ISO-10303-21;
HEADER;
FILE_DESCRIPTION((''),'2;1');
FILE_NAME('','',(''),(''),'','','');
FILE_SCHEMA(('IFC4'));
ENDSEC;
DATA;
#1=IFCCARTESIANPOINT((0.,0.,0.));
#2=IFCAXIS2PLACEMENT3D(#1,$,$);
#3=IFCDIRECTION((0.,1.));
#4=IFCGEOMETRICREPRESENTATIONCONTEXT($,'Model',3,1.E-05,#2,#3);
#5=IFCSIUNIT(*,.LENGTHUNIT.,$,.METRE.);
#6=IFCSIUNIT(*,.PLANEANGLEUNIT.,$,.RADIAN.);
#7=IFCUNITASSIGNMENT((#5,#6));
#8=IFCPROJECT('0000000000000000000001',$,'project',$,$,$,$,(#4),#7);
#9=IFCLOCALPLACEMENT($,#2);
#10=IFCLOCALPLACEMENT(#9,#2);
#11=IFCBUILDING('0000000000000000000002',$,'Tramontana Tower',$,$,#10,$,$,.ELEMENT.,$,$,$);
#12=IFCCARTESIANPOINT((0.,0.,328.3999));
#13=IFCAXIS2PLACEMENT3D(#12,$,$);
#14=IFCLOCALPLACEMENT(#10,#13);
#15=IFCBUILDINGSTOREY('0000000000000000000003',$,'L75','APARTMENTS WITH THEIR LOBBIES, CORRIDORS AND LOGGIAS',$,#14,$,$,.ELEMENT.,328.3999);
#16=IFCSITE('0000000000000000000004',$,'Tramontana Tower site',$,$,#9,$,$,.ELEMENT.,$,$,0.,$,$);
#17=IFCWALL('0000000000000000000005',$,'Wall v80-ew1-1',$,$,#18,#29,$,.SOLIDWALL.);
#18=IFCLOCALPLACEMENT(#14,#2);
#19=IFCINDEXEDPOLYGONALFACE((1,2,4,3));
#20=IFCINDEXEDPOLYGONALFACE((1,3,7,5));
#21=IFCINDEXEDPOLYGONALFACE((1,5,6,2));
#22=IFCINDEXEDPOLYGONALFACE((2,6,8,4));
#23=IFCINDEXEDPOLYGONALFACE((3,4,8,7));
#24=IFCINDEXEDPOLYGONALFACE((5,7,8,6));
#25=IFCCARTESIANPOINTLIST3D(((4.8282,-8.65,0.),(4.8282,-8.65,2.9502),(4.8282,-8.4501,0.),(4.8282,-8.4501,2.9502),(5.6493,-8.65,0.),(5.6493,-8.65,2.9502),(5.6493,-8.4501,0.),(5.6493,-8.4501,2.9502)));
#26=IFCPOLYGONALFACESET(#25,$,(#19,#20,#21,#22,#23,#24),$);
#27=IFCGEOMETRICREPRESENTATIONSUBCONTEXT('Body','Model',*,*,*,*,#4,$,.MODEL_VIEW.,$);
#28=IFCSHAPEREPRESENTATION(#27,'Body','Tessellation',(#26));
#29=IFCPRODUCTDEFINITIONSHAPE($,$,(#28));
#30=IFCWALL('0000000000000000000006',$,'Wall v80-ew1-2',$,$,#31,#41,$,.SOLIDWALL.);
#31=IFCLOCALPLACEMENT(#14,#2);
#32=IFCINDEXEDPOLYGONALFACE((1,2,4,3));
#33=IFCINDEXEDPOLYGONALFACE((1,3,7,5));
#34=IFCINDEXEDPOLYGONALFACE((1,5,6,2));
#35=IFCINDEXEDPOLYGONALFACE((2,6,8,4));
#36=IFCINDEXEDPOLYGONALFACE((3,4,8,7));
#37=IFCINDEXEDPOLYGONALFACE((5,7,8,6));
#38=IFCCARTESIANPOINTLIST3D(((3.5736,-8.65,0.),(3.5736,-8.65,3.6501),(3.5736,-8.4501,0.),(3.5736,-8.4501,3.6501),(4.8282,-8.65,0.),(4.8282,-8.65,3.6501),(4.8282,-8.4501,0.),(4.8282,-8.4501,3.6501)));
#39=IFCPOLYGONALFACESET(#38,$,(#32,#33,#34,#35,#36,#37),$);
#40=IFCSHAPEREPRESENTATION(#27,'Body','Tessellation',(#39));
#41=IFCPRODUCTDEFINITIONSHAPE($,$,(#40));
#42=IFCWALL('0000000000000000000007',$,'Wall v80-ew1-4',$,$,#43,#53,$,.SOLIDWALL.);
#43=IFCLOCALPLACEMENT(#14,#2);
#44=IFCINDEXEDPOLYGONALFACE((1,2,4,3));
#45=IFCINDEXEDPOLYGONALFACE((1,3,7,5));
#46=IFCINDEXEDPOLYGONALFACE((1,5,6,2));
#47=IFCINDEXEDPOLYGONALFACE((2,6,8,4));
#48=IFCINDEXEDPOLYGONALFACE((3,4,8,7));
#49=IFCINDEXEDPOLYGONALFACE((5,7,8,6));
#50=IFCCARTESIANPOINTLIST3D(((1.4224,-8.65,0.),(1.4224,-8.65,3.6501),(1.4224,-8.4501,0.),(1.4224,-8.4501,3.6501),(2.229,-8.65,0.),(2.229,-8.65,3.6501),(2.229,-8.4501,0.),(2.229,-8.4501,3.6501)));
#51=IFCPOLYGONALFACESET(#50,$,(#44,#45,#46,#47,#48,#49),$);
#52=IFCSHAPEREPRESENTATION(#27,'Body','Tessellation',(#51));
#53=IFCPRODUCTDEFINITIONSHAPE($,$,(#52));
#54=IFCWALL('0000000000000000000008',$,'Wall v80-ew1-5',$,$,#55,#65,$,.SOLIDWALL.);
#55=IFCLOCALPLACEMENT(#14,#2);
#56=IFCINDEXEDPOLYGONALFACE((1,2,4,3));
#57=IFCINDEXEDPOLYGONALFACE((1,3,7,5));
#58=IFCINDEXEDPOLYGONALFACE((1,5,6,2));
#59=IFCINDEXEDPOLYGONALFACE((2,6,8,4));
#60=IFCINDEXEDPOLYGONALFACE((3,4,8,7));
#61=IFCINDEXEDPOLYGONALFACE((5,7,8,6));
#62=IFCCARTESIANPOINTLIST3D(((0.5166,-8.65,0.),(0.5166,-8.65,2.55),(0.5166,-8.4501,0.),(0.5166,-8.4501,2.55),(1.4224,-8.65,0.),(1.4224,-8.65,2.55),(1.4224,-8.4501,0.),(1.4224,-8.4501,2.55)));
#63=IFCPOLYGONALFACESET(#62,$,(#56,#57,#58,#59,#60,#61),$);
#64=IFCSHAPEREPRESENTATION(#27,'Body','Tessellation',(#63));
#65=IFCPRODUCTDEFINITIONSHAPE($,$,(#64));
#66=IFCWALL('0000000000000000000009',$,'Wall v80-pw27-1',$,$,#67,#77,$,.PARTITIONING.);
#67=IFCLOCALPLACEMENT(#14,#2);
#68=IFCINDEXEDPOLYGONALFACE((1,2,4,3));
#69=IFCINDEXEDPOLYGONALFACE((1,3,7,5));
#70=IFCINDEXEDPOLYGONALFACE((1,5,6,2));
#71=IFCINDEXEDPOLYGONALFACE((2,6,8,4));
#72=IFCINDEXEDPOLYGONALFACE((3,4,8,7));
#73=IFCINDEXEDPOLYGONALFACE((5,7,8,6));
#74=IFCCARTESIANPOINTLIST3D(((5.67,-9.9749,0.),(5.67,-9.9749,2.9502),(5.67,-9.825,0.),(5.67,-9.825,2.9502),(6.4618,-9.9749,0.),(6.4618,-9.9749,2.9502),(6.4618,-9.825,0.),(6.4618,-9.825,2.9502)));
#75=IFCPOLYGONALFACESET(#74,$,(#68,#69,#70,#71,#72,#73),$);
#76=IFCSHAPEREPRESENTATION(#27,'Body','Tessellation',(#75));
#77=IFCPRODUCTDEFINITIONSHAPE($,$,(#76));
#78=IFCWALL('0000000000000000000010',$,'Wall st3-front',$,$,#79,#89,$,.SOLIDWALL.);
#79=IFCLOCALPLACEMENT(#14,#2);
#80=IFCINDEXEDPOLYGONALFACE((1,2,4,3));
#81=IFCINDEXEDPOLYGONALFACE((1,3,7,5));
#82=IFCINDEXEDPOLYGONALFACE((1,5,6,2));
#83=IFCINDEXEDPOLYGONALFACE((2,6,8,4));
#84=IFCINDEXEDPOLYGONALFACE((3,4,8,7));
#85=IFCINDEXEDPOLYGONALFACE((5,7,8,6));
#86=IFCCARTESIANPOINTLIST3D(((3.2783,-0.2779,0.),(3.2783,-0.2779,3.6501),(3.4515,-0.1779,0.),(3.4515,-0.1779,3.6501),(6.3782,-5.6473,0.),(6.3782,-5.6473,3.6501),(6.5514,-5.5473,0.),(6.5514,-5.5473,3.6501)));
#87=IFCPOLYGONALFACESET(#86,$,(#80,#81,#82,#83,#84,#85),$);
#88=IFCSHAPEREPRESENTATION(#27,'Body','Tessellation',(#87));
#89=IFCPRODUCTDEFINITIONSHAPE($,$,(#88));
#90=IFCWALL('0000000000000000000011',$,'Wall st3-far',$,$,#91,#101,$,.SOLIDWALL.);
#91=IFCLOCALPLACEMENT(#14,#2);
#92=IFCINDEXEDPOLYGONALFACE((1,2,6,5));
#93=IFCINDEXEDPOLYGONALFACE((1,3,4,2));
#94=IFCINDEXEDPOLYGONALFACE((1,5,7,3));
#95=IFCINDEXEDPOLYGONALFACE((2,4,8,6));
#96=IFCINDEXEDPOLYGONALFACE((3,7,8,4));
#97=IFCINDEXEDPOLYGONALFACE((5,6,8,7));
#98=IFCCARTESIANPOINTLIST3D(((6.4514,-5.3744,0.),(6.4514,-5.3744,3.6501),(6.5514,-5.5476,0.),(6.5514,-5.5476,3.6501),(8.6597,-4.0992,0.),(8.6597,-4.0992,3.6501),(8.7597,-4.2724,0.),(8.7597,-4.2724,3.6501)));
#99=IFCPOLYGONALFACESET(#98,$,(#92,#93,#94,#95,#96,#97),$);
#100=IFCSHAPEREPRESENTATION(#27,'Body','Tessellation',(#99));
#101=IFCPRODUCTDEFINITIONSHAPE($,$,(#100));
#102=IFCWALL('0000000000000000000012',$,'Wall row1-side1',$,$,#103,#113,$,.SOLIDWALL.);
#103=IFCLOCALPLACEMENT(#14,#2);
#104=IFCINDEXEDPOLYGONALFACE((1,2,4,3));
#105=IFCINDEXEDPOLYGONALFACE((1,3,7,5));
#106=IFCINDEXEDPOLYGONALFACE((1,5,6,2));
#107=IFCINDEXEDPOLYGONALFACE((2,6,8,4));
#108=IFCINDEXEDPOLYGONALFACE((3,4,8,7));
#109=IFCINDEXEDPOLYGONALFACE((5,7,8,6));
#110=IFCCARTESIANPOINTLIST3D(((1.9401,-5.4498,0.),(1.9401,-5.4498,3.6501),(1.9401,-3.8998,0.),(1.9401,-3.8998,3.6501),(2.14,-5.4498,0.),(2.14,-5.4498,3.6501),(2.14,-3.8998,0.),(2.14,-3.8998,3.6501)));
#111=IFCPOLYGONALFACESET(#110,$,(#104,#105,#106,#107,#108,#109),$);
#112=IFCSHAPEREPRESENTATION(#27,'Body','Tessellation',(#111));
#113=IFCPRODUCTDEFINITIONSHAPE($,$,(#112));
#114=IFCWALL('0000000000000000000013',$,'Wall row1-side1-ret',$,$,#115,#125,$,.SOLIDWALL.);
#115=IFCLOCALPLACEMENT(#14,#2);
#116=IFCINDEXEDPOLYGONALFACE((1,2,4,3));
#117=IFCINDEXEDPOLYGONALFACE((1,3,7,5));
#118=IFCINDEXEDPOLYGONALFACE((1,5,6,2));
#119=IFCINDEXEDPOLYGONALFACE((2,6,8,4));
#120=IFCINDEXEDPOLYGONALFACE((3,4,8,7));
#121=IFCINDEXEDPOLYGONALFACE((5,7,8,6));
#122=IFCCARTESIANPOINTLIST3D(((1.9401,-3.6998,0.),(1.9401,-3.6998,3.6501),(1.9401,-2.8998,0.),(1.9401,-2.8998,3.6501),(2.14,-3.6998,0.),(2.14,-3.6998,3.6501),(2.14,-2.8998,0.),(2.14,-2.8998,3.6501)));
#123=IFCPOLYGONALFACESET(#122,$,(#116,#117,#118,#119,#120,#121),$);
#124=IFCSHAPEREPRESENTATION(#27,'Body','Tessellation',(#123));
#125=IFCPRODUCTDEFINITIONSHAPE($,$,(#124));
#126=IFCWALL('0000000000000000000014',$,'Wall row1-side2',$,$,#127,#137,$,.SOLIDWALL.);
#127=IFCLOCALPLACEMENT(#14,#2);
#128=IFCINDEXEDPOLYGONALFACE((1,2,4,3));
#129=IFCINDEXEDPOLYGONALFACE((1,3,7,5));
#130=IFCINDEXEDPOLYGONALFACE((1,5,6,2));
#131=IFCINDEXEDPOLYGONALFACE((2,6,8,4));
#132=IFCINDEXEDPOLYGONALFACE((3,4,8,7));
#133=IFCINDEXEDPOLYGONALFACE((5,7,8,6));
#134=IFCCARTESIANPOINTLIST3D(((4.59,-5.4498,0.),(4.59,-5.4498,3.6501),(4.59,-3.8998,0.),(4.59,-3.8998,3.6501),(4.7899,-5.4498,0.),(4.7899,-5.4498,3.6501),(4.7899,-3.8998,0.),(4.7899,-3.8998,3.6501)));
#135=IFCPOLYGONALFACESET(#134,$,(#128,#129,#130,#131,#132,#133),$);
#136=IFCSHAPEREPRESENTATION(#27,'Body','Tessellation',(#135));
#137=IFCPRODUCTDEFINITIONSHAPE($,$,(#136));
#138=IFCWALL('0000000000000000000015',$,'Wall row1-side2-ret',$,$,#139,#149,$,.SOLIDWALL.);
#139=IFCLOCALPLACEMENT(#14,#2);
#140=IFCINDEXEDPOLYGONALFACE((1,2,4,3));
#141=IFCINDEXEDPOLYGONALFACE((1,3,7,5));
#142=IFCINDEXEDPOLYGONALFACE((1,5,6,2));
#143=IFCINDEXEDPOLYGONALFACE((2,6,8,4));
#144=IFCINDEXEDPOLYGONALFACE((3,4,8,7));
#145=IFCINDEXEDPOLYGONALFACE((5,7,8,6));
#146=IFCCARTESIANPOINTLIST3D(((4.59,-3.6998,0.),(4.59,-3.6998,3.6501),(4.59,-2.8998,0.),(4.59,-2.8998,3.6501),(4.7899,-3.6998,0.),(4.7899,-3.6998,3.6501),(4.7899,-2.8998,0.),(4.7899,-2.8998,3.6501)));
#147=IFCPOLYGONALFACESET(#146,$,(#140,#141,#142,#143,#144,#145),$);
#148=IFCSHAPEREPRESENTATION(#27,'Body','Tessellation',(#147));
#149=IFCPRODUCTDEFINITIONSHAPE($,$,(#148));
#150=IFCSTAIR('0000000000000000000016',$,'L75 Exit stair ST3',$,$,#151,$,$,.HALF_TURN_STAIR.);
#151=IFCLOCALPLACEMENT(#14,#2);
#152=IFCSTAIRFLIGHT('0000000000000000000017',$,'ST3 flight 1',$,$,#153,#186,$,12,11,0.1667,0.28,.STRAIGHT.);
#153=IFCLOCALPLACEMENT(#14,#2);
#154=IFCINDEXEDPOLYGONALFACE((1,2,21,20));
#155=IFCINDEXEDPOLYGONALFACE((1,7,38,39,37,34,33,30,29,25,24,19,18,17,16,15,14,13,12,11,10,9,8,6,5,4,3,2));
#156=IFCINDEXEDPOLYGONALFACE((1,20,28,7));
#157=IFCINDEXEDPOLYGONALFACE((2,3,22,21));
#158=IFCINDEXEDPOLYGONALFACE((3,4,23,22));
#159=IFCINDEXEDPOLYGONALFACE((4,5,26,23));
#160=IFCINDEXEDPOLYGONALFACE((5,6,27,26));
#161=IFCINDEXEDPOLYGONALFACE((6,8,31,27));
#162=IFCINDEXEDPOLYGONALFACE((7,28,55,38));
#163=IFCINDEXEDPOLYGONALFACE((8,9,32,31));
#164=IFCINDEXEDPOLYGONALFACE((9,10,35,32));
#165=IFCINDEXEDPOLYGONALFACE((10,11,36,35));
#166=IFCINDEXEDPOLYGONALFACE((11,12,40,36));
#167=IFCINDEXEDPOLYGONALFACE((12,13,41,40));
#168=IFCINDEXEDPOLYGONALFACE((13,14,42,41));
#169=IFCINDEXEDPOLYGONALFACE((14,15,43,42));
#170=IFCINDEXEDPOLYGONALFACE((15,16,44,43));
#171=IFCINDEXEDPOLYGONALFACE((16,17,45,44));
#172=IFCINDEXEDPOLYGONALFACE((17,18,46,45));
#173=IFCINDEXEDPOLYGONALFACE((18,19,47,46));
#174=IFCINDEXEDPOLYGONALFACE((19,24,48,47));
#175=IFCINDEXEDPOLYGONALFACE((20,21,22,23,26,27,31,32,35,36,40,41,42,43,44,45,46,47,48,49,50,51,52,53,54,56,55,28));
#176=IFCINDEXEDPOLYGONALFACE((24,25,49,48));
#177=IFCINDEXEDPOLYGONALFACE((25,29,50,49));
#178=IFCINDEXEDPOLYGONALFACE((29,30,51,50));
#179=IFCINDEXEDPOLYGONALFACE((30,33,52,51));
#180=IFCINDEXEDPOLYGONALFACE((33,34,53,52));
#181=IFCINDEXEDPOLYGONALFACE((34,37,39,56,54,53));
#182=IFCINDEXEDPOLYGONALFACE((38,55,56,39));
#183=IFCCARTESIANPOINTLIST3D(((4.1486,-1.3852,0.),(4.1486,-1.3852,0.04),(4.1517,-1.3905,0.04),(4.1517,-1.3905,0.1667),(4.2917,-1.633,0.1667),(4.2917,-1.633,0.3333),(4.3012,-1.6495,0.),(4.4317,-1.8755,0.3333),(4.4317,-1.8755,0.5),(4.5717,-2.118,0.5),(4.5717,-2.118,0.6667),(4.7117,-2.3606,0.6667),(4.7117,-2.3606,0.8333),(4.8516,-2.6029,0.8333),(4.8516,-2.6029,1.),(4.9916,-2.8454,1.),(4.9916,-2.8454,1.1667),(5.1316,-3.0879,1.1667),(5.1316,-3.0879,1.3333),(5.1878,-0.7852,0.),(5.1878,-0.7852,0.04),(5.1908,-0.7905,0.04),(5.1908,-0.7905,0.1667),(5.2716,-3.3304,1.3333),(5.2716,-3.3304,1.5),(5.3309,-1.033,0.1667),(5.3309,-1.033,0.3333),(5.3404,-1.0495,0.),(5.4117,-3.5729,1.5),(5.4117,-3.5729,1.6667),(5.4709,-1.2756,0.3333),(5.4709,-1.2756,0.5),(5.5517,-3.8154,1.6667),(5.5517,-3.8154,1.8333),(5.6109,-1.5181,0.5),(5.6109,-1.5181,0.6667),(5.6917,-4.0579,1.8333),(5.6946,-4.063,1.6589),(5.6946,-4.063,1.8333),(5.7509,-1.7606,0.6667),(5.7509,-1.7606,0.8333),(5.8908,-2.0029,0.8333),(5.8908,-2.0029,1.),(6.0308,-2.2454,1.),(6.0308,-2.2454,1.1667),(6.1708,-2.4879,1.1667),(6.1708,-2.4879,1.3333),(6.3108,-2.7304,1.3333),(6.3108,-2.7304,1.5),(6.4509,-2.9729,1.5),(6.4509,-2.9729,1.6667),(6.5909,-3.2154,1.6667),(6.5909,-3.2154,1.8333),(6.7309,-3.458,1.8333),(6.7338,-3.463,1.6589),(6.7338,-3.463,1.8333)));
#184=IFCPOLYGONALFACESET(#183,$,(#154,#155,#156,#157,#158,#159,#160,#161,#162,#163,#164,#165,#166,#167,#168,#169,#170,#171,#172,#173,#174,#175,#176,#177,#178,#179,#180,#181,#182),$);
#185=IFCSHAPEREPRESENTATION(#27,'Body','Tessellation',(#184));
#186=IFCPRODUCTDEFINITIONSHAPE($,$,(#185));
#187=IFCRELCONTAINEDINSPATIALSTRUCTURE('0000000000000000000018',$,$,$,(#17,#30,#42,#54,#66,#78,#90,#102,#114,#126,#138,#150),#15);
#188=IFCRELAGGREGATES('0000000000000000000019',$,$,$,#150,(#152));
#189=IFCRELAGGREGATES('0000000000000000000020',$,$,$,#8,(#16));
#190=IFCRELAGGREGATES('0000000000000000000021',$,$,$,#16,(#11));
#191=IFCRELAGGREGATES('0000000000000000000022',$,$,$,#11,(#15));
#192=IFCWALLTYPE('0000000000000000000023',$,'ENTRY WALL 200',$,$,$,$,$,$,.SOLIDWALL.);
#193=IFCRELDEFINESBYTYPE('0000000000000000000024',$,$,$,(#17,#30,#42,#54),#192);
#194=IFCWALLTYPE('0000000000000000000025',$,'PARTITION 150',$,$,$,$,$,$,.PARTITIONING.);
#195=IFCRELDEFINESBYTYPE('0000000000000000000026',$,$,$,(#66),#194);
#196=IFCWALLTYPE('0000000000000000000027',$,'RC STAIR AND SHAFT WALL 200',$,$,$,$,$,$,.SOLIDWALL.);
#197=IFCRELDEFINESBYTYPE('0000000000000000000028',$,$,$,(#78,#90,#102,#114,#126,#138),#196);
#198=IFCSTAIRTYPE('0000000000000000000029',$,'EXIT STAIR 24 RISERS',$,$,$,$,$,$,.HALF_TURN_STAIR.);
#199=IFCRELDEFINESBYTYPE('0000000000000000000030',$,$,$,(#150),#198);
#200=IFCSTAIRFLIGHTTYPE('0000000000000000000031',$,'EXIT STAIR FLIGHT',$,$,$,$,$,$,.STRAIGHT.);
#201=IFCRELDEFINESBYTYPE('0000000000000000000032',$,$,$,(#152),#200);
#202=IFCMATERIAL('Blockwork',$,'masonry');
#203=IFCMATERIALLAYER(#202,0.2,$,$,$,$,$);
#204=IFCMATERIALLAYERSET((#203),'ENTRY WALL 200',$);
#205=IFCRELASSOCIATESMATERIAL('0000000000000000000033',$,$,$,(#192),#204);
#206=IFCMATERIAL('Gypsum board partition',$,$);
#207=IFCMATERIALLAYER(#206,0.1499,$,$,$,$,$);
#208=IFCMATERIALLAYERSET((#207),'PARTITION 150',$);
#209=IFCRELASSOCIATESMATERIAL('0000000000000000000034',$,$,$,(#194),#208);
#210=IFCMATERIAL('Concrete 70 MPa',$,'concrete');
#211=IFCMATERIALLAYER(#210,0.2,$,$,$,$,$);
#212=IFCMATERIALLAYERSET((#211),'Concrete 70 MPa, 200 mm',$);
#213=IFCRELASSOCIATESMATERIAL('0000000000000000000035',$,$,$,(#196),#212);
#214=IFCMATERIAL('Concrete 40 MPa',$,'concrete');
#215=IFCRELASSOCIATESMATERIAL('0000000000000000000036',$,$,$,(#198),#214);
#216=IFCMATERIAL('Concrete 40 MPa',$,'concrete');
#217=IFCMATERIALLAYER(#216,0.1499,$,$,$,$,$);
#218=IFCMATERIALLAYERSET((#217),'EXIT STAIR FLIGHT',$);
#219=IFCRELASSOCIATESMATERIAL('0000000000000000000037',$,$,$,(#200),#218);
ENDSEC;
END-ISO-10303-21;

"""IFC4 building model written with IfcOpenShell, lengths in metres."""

from ifc_helpers import new_model, si_unit, direction, frame, frame_2d, origin, place, context, subcontext, project, spatial, polyline, rectangle, outline, extrude, material, layer, layer_set, type_object, element, aggregate, save


model = new_model("IFC4")

# Units and contexts
model_context = context("Model", 3, precision=1e-05, world=origin(), true_north=direction((0.0, 1.0)))
body_context = subcontext(model_context, "Body", "Model", "MODEL_VIEW")
ifc_project = project(units=[si_unit("LENGTHUNIT", "METRE"), si_unit("PLANEANGLEUNIT", "RADIAN")], contexts=[model_context])

# Site, building, storey
site_placement = place(None, origin())
site = spatial("IfcSite", under=ifc_project, at=site_placement, Name="Tramontana Tower site", CompositionType="ELEMENT", RefElevation=0.0)
building_placement = place(site_placement, origin())
building = spatial("IfcBuilding", under=site, at=building_placement, Name="Tramontana Tower", CompositionType="ELEMENT")
storey_placement = place(building_placement, frame((0.0, 0.0, 328.3999)))
storey = spatial("IfcBuildingStorey", under=building, at=storey_placement, Name="L75", Description="APARTMENTS WITH THEIR LOBBIES, CORRIDORS AND LOGGIAS", CompositionType="ELEMENT", Elevation=328.3999)

# Walls
ifc_material_1 = material(Name="Blockwork", Category="masonry")
ifc_layer_1 = layer(ifc_material_1, 0.2)
ifc_layer_set_1 = layer_set([ifc_layer_1], Name="ENTRY WALL 200")
wall_type_1 = type_object("IfcWallType", Name="ENTRY WALL 200", PredefinedType="SOLIDWALL", material=ifc_layer_set_1)
wall_1_placement = place(storey_placement, frame((5.6494, -8.55, 0.0), z_axis=(0.0, 0.0, 1.0), x_axis=(-1.0, 0.0, 0.0)))
element("IfcWall", 1, at=wall_1_placement, inside=storey, type_object=wall_type_1, Name="Wall v80-ew1-1", PredefinedType="SOLIDWALL", context=body_context, shape_type="SweptSolid", body=[
    extrude(rectangle(XDim=0.821, YDim=0.2, at=frame_2d((0.4106, 0.0))), origin(), (0.0, 0.0, 1.0), 2.9502),
])
wall_2_placement = place(storey_placement, frame((4.8284, -8.55, 0.0), z_axis=(0.0, 0.0, 1.0), x_axis=(-1.0, 0.0, 0.0)))
element("IfcWall", 2, at=wall_2_placement, inside=storey, type_object=wall_type_1, Name="Wall v80-ew1-2", PredefinedType="SOLIDWALL", context=body_context, shape_type="SweptSolid", body=[
    extrude(rectangle(XDim=1.2546, YDim=0.2, at=frame_2d((0.6274, 0.0))), origin(), (0.0, 0.0, 1.0), 3.6501),
])

# Walls
wall_3_placement = place(storey_placement, frame((2.229, -8.55, 0.0), z_axis=(0.0, 0.0, 1.0), x_axis=(-1.0, 0.0, 0.0)))
element("IfcWall", 3, at=wall_3_placement, inside=storey, type_object=wall_type_1, Name="Wall v80-ew1-4", PredefinedType="SOLIDWALL", context=body_context, shape_type="SweptSolid", body=[
    extrude(rectangle(XDim=0.8066, YDim=0.2, at=frame_2d((0.4033, 0.0))), origin(), (0.0, 0.0, 1.0), 3.6501),
])
wall_4_placement = place(storey_placement, frame((1.4224, -8.55, 0.0), z_axis=(0.0, 0.0, 1.0), x_axis=(-1.0, 0.0, 0.0)))
element("IfcWall", 4, at=wall_4_placement, inside=storey, type_object=wall_type_1, Name="Wall v80-ew1-5", PredefinedType="SOLIDWALL", context=body_context, shape_type="SweptSolid", body=[
    extrude(rectangle(XDim=0.9058, YDim=0.2, at=frame_2d((0.4529, 0.0))), origin(), (0.0, 0.0, 1.0), 2.55),
])
ifc_material_2 = material(Name="Gypsum board partition")
ifc_layer_2 = layer(ifc_material_2, 0.1499)
ifc_layer_set_2 = layer_set([ifc_layer_2], Name="PARTITION 150")
wall_type_2 = type_object("IfcWallType", Name="PARTITION 150", PredefinedType="PARTITIONING", material=ifc_layer_set_2)
wall_5_placement = place(storey_placement, frame((6.4619, -9.8999, 0.0), z_axis=(0.0, 0.0, 1.0), x_axis=(-1.0, 0.0, 0.0)))
element("IfcWall", 5, at=wall_5_placement, inside=storey, type_object=wall_type_2, Name="Wall v80-pw27-1", PredefinedType="PARTITIONING", context=body_context, shape_type="SweptSolid", body=[
    extrude(rectangle(XDim=0.7917, YDim=0.1499, at=frame_2d((0.396, 0.0))), origin(), (0.0, 0.0, 1.0), 2.9502),
])
ifc_material_3 = material(Name="Concrete 70 MPa", Category="concrete")
ifc_layer_3 = layer(ifc_material_3, 0.2)
ifc_layer_set_3 = layer_set([ifc_layer_3], Name="Concrete 70 MPa, 200 mm")
wall_type_3 = type_object("IfcWallType", Name="RC STAIR AND SHAFT WALL 200", PredefinedType="SOLIDWALL", material=ifc_layer_set_3)
wall_6_placement = place(storey_placement, frame((6.4648, -5.5974, 0.0), z_axis=(0.0, 0.0, 1.0), x_axis=(-0.49998, 0.866037, 0.0)))
element("IfcWall", 6, at=wall_6_placement, inside=storey, type_object=wall_type_3, Name="Wall st3-front", PredefinedType="SOLIDWALL", context=body_context, shape_type="SweptSolid", body=[
    extrude(rectangle(XDim=6.2, YDim=0.2, at=frame_2d((3.1001, 0.0))), origin(), (0.0, 0.0, 1.0), 3.6501),
])
wall_7_placement = place(storey_placement, frame((6.5015, -5.4609, 0.0), z_axis=(0.0, 0.0, 1.0), x_axis=(0.865989, 0.500062, 0.0)))
element("IfcWall", 7, at=wall_7_placement, inside=storey, type_object=wall_type_3, Name="Wall st3-far", PredefinedType="SOLIDWALL", context=body_context, shape_type="SweptSolid", body=[
    extrude(rectangle(XDim=2.55, YDim=0.2, at=frame_2d((1.2749, 0.0))), origin(), (0.0, 0.0, 1.0), 3.6501),
])

# Walls
wall_8_placement = place(storey_placement, frame((2.04, -3.8999, 0.0), z_axis=(0.0, 0.0, 1.0), x_axis=(0.0, -1.0, 0.0)))
element("IfcWall", 8, at=wall_8_placement, inside=storey, type_object=wall_type_3, Name="Wall row1-side1", PredefinedType="SOLIDWALL", context=body_context, shape_type="SweptSolid", body=[
    extrude(rectangle(XDim=1.55, YDim=0.2, at=frame_2d((0.7749, 0.0))), origin(), (0.0, 0.0, 1.0), 3.6501),
])
wall_9_placement = place(storey_placement, frame((2.04, -2.8999, 0.0), z_axis=(0.0, 0.0, 1.0), x_axis=(0.0, -1.0, 0.0)))
element("IfcWall", 9, at=wall_9_placement, inside=storey, type_object=wall_type_3, Name="Wall row1-side1-ret", PredefinedType="SOLIDWALL", context=body_context, shape_type="SweptSolid", body=[
    extrude(rectangle(XDim=0.8, YDim=0.2, at=frame_2d((0.3999, 0.0))), origin(), (0.0, 0.0, 1.0), 3.6501),
])
wall_10_placement = place(storey_placement, frame((4.6899, -3.8999, 0.0), z_axis=(0.0, 0.0, 1.0), x_axis=(0.0, -1.0, 0.0)))
element("IfcWall", 10, at=wall_10_placement, inside=storey, type_object=wall_type_3, Name="Wall row1-side2", PredefinedType="SOLIDWALL", context=body_context, shape_type="SweptSolid", body=[
    extrude(rectangle(XDim=1.55, YDim=0.2, at=frame_2d((0.7749, 0.0))), origin(), (0.0, 0.0, 1.0), 3.6501),
])
wall_11_placement = place(storey_placement, frame((4.6899, -2.8999, 0.0), z_axis=(0.0, 0.0, 1.0), x_axis=(0.0, -1.0, 0.0)))
element("IfcWall", 11, at=wall_11_placement, inside=storey, type_object=wall_type_3, Name="Wall row1-side2-ret", PredefinedType="SOLIDWALL", context=body_context, shape_type="SweptSolid", body=[
    extrude(rectangle(XDim=0.8, YDim=0.2, at=frame_2d((0.3999, 0.0))), origin(), (0.0, 0.0, 1.0), 3.6501),
])

# Stair, stair flight
ifc_material_4 = material(Name="Concrete 40 MPa", Category="concrete")
stair_type = type_object("IfcStairType", Name="EXIT STAIR 24 RISERS", PredefinedType="HALF_TURN_STAIR", material=ifc_material_4)
stair_placement = place(storey_placement, origin())
stair = element("IfcStair", 12, at=stair_placement, inside=storey, type_object=stair_type, Name="L75 Exit stair ST3", PredefinedType="HALF_TURN_STAIR")
ifc_material_5 = material(Name="Concrete 40 MPa", Category="concrete")
ifc_layer_4 = layer(ifc_material_5, 0.1499)
ifc_layer_set_4 = layer_set([ifc_layer_4], Name="EXIT STAIR FLIGHT")
stair_flight_type = type_object("IfcStairFlightType", Name="EXIT STAIR FLIGHT", PredefinedType="STRAIGHT", material=ifc_layer_set_4)
stair_flight_1_placement = place(storey_placement, frame((4.6711, -1.0906, 0.0), z_axis=(0.0, 0.0, 1.0), x_axis=(0.5, -0.866025, 0.0)))
stair_flight_1 = element("IfcStairFlight", 13, at=stair_flight_1_placement, type_object=stair_flight_type, Name="ST3 flight 1", NumberOfRisers=12, NumberOfTreads=11, PredefinedType="STRAIGHT", RiserHeight=0.1667, TreadLength=0.28, context=body_context, shape_type="SweptSolid", body=[
    extrude(outline(polyline([(-0.0061, 0.0), (-0.0061, 0.04), (0.0, 0.04), (0.0, 0.1667), (0.28, 0.1667), (0.28, 0.3333), (0.5601, 0.3333), (0.5601, 0.5), (0.8401, 0.5), (0.8401, 0.6667), (1.1201, 0.6667), (1.1201, 0.8333), (1.3999, 0.8333), (1.3999, 1.0), (1.6799, 1.0), (1.6799, 1.1667), (1.96, 1.1667), (1.96, 1.3333), (2.24, 1.3333), (2.24, 1.5), (2.52, 1.5), (2.52, 1.6667), (2.8, 1.6667), (2.8, 1.8333), (3.0801, 1.8333), (3.0859, 1.8333), (3.0859, 1.6589), (0.2991, 0.0), (-0.0061, 0.0)])), frame((0.0, 0.6001, 0.0), z_axis=(0.0, -1.0, 0.0), x_axis=(1.0, 0.0, 0.0)), (0.0, 0.0, 1.0), 1.2),
])
aggregate(stair, [stair_flight_1])

save(model, "model.ifc")
